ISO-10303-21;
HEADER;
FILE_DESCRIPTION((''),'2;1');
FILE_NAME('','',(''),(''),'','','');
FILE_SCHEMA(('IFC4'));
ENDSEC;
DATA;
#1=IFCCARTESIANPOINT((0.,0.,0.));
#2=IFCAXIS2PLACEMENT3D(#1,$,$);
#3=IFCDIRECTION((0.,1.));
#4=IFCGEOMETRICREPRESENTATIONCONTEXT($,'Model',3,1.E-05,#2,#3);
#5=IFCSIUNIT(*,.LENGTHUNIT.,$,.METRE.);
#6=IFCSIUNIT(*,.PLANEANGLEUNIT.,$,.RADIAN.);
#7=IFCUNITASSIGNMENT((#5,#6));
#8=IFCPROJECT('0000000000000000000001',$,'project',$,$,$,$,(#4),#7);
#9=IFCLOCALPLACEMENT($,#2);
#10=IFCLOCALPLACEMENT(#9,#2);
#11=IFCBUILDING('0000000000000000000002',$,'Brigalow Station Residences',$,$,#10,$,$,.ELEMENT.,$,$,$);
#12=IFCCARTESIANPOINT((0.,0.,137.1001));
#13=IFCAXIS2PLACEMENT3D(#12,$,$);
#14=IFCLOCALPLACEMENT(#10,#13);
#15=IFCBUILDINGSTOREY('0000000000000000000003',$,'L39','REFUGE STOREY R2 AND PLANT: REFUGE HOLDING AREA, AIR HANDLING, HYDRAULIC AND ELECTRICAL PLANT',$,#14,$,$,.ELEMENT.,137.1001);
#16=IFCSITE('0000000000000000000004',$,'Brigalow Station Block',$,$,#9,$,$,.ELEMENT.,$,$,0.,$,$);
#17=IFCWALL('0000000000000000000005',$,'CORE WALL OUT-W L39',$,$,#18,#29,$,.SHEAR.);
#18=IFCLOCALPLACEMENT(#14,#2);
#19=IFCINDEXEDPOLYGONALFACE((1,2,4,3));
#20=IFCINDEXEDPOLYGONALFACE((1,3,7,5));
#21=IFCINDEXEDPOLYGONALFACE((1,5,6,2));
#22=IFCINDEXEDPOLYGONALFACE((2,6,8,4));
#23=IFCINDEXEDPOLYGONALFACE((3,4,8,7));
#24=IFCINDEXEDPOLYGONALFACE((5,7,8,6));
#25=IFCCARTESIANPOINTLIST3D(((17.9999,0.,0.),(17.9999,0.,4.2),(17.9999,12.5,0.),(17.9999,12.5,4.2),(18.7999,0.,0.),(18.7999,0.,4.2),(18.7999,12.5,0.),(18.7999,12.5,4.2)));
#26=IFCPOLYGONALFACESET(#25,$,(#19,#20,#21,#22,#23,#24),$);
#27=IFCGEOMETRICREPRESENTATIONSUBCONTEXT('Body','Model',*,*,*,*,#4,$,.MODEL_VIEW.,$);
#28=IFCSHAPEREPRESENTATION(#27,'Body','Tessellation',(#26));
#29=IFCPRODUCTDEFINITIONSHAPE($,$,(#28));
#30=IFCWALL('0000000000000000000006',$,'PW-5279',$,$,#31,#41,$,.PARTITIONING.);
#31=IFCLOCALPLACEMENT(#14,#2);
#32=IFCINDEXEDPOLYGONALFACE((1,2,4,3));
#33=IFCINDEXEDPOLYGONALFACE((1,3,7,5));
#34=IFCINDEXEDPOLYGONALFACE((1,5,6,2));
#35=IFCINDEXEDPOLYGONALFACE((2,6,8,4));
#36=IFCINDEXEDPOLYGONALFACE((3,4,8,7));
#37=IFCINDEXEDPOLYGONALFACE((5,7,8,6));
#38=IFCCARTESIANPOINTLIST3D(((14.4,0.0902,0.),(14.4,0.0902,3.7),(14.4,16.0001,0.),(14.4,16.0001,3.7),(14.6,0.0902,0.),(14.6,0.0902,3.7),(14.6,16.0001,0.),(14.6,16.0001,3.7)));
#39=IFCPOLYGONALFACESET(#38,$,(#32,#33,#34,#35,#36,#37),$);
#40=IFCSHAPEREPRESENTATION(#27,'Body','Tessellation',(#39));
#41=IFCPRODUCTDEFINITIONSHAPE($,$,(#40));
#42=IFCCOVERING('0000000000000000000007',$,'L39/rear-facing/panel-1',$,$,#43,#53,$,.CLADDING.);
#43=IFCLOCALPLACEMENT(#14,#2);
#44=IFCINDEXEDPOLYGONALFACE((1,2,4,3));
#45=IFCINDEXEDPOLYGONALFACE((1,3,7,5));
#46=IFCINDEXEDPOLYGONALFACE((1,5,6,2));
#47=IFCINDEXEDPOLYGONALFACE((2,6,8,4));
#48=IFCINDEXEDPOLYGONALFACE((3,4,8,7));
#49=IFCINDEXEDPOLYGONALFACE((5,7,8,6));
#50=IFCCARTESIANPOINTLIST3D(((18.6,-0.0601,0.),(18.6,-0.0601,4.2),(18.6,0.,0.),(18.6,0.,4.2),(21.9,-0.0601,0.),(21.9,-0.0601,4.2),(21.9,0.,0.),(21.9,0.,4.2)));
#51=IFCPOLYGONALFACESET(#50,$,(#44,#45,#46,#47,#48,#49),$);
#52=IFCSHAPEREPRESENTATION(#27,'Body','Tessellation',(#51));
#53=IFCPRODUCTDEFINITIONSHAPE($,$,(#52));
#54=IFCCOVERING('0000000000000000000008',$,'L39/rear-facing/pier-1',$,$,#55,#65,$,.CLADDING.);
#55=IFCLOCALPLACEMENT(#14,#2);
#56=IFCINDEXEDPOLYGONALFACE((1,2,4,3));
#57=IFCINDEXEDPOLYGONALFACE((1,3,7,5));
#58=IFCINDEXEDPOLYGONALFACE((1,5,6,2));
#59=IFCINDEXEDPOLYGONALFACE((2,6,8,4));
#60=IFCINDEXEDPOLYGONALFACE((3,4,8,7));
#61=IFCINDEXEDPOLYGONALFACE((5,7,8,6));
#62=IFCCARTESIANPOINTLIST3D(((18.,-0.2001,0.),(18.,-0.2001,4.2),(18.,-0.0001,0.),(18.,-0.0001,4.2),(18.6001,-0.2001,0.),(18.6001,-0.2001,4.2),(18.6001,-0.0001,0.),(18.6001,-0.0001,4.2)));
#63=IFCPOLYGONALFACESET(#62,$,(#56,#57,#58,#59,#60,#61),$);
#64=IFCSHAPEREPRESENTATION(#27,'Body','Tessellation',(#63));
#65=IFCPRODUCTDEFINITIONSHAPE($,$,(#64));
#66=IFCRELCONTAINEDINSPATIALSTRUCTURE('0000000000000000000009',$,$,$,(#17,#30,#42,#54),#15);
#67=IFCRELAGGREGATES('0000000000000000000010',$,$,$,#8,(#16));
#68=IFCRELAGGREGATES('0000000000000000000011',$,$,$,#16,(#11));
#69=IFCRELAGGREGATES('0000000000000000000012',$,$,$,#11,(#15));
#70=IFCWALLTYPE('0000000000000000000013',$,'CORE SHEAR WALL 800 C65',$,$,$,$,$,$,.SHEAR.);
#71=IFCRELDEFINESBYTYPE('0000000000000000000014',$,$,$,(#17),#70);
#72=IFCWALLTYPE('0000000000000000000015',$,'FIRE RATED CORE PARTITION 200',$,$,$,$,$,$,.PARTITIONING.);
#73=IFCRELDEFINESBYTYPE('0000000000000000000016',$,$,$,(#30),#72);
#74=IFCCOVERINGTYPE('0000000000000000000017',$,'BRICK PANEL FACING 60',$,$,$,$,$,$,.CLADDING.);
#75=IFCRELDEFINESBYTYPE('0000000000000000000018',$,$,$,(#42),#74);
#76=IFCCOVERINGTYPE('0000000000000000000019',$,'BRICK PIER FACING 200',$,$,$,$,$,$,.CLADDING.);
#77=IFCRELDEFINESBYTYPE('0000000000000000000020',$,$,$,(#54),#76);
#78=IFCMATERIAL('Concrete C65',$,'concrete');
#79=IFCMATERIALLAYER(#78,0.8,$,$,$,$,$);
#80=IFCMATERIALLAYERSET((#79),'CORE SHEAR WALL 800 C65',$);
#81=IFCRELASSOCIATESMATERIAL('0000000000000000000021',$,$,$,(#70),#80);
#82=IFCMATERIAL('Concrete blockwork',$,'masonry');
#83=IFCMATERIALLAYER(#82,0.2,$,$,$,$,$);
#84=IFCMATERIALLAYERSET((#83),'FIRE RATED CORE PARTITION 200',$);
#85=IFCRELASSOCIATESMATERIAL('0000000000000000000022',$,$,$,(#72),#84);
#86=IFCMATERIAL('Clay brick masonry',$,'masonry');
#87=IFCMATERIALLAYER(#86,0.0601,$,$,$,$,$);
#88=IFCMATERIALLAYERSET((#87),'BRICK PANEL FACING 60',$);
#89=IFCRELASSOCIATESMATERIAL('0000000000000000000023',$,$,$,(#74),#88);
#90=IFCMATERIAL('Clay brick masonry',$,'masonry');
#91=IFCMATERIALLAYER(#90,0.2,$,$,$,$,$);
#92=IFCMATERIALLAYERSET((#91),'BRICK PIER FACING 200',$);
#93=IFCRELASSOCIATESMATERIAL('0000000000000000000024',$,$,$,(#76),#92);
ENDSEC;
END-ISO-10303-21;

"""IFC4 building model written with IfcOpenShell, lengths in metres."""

from ifc_helpers import new_model, si_unit, direction, frame, frame_2d, origin, origin_2d, place, context, subcontext, project, spatial, rectangle, extrude, material, layer, layer_set, type_object, element, save


model = new_model("IFC4")

# Units and contexts
model_context = context("Model", 3, precision=1e-05, world=origin(), true_north=direction((0.0, 1.0)))
body_context = subcontext(model_context, "Body", "Model", "MODEL_VIEW")
ifc_project = project(units=[si_unit("LENGTHUNIT", "METRE"), si_unit("PLANEANGLEUNIT", "RADIAN")], contexts=[model_context])

# Site, building, storey
site_placement = place(None, origin())
site = spatial("IfcSite", under=ifc_project, at=site_placement, Name="Brigalow Station Block", CompositionType="ELEMENT", RefElevation=0.0)
building_placement = place(site_placement, origin())
building = spatial("IfcBuilding", under=site, at=building_placement, Name="Brigalow Station Residences", CompositionType="ELEMENT")
storey_placement = place(building_placement, frame((0.0, 0.0, 137.1001)))
storey = spatial("IfcBuildingStorey", under=building, at=storey_placement, Name="L39", Description="REFUGE STOREY R2 AND PLANT: REFUGE HOLDING AREA, AIR HANDLING, HYDRAULIC AND ELECTRICAL PLANT", CompositionType="ELEMENT", Elevation=137.1001)

# Walls
ifc_material_1 = material(Name="Concrete C65", Category="concrete")
ifc_layer_1 = layer(ifc_material_1, 0.8)
ifc_layer_set_1 = layer_set([ifc_layer_1], Name="CORE SHEAR WALL 800 C65")
wall_type_1 = type_object("IfcWallType", Name="CORE SHEAR WALL 800 C65", PredefinedType="SHEAR", material=ifc_layer_set_1)
wall_1_placement = place(storey_placement, frame((18.3999, 0.0, 0.0), z_axis=(0.0, 0.0, 1.0), x_axis=(0.0, 1.0, 0.0)))
element("IfcWall", 1, at=wall_1_placement, inside=storey, type_object=wall_type_1, Name="CORE WALL OUT-W L39", PredefinedType="SHEAR", context=body_context, shape_type="SweptSolid", body=[
    extrude(rectangle(XDim=12.5, YDim=0.8, at=frame_2d((6.25, 0.0))), origin(), (0.0, 0.0, 1.0), 4.2),
])
ifc_material_2 = material(Name="Concrete blockwork", Category="masonry")
ifc_layer_2 = layer(ifc_material_2, 0.2)
ifc_layer_set_2 = layer_set([ifc_layer_2], Name="FIRE RATED CORE PARTITION 200")
wall_type_2 = type_object("IfcWallType", Name="FIRE RATED CORE PARTITION 200", PredefinedType="PARTITIONING", material=ifc_layer_set_2)
wall_2_placement = place(storey_placement, frame((14.5, 0.0901, 0.0), z_axis=(0.0, 0.0, 1.0), x_axis=(0.0, 1.0, 0.0)))
element("IfcWall", 2, at=wall_2_placement, inside=storey, type_object=wall_type_2, Name="PW-5279", PredefinedType="PARTITIONING", context=body_context, shape_type="SweptSolid", body=[
    extrude(rectangle(XDim=15.9099, YDim=0.2, at=frame_2d((7.9551, 0.0))), origin(), (0.0, 0.0, 1.0), 3.7),
])

# Coverings
ifc_material_3 = material(Name="Clay brick masonry", Category="masonry")
ifc_layer_3 = layer(ifc_material_3, 0.0601)
ifc_layer_set_3 = layer_set([ifc_layer_3], Name="BRICK PANEL FACING 60")
covering_type_1 = type_object("IfcCoveringType", Name="BRICK PANEL FACING 60", PredefinedType="CLADDING", material=ifc_layer_set_3)
covering_1_placement = place(storey_placement, frame((20.25, -0.03, 0.0), z_axis=(0.0, 0.0, 1.0), x_axis=(1.0, 0.0, 0.0)))
element("IfcCovering", 3, at=covering_1_placement, inside=storey, type_object=covering_type_1, Name="L39/rear-facing/panel-1", PredefinedType="CLADDING", context=body_context, shape_type="SweptSolid", body=[
    extrude(rectangle(XDim=3.3, YDim=0.0601, at=origin_2d()), origin(), (0.0, 0.0, 1.0), 4.2),
])
ifc_material_4 = material(Name="Clay brick masonry", Category="masonry")
ifc_layer_4 = layer(ifc_material_4, 0.2)
ifc_layer_set_4 = layer_set([ifc_layer_4], Name="BRICK PIER FACING 200")
covering_type_2 = type_object("IfcCoveringType", Name="BRICK PIER FACING 200", PredefinedType="CLADDING", material=ifc_layer_set_4)
covering_2_placement = place(storey_placement, frame((18.3, -0.1001, 0.0), z_axis=(0.0, 0.0, 1.0), x_axis=(1.0, 0.0, 0.0)))
element("IfcCovering", 4, at=covering_2_placement, inside=storey, type_object=covering_type_2, Name="L39/rear-facing/pier-1", PredefinedType="CLADDING", context=body_context, shape_type="SweptSolid", body=[
    extrude(rectangle(XDim=0.6001, YDim=0.2, at=origin_2d()), origin(), (0.0, 0.0, 1.0), 4.2),
])

save(model, "model.ifc")
